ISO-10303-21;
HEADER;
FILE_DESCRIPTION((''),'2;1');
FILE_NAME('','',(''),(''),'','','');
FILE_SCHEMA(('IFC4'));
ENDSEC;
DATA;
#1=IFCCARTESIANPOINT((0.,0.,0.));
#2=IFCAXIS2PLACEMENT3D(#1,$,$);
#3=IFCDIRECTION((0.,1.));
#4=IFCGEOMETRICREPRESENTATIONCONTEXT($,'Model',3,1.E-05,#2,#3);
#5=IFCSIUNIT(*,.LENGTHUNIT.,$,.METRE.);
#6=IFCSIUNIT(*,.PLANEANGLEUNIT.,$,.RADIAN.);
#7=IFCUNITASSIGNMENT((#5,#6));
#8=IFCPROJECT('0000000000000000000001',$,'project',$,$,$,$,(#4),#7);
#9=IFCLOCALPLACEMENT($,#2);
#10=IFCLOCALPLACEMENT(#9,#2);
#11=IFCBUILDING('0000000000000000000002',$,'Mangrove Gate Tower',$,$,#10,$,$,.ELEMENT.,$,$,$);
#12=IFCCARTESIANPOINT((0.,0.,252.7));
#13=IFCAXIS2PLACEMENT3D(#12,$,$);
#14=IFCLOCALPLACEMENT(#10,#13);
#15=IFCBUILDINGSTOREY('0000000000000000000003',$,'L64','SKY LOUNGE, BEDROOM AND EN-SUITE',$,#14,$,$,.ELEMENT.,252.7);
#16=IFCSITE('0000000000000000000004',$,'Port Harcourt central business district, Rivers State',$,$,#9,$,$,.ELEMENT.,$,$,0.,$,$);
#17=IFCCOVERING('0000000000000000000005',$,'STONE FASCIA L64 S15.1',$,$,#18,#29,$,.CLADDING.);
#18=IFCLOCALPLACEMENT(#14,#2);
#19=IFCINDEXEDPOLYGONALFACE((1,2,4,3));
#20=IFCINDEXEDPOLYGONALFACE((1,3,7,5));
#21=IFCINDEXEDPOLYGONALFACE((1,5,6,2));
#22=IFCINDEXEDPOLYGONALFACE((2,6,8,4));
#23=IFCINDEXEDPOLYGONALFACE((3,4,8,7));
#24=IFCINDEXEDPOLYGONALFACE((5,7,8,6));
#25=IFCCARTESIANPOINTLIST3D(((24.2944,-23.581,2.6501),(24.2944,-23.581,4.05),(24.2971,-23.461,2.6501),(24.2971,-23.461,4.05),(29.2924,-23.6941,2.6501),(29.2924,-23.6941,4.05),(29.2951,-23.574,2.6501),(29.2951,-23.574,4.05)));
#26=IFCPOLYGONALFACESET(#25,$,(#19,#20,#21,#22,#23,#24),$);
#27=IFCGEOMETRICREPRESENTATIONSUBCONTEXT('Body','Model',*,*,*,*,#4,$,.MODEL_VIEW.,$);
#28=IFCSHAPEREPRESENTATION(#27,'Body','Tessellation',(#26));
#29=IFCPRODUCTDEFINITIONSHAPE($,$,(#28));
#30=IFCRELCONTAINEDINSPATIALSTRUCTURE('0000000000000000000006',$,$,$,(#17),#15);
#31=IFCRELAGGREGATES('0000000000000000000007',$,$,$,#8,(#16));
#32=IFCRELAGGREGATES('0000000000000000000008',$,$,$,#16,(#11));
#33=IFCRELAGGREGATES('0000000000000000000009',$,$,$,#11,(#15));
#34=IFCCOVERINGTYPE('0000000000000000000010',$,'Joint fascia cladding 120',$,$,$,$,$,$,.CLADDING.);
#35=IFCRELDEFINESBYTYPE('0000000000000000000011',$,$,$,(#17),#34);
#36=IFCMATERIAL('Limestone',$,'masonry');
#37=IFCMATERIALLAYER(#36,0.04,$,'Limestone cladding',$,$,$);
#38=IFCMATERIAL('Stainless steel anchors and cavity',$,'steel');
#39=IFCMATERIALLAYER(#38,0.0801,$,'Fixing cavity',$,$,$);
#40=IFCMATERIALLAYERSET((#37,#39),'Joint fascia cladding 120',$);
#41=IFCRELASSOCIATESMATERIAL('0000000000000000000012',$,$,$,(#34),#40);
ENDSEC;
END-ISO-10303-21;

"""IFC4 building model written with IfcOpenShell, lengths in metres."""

from ifc_helpers import new_model, si_unit, direction, frame, frame_2d, origin, place, context, subcontext, project, spatial, rectangle, extrude, material, layer, layer_set, type_object, element, save


model = new_model("IFC4")

# Units and contexts
model_context = context("Model", 3, precision=1e-05, world=origin(), true_north=direction((0.0, 1.0)))
body_context = subcontext(model_context, "Body", "Model", "MODEL_VIEW")
ifc_project = project(units=[si_unit("LENGTHUNIT", "METRE"), si_unit("PLANEANGLEUNIT", "RADIAN")], contexts=[model_context])

# Site, building, storey
site_placement = place(None, origin())
site = spatial("IfcSite", under=ifc_project, at=site_placement, Name="Port Harcourt central business district, Rivers State", CompositionType="ELEMENT", RefElevation=0.0)
building_placement = place(site_placement, origin())
building = spatial("IfcBuilding", under=site, at=building_placement, Name="Mangrove Gate Tower", CompositionType="ELEMENT")
storey_placement = place(building_placement, frame((0.0, 0.0, 252.7)))
storey = spatial("IfcBuildingStorey", under=building, at=storey_placement, Name="L64", Description="SKY LOUNGE, BEDROOM AND EN-SUITE", CompositionType="ELEMENT", Elevation=252.7)

# Shared definitions
ifc_material_1 = material(Name="Limestone", Category="masonry")

# Covering
ifc_layer_1 = layer(ifc_material_1, 0.04, Name="Limestone cladding")
ifc_material_2 = material(Name="Stainless steel anchors and cavity", Category="steel")
ifc_layer_2 = layer(ifc_material_2, 0.0801, Name="Fixing cavity")
ifc_layer_set_1 = layer_set([ifc_layer_1, ifc_layer_2], Name="Joint fascia cladding 120")
covering_type = type_object("IfcCoveringType", Name="Joint fascia cladding 120", PredefinedType="CLADDING", material=ifc_layer_set_1)
covering_1_placement = place(storey_placement, frame((24.2959, -23.521, 2.6501), z_axis=(0.0, 0.0, 1.0), x_axis=(0.999744, -0.02261, 0.0)))
element("IfcCovering", 1, at=covering_1_placement, inside=storey, type_object=covering_type, Name="STONE FASCIA L64 S15.1", PredefinedType="CLADDING", context=body_context, shape_type="SweptSolid", body=[
    extrude(rectangle(XDim=4.9993, YDim=0.1201, at=frame_2d((2.4995, 0.0))), origin(), (0.0, 0.0, 1.0), 1.3999),
])

save(model, "model.ifc")
